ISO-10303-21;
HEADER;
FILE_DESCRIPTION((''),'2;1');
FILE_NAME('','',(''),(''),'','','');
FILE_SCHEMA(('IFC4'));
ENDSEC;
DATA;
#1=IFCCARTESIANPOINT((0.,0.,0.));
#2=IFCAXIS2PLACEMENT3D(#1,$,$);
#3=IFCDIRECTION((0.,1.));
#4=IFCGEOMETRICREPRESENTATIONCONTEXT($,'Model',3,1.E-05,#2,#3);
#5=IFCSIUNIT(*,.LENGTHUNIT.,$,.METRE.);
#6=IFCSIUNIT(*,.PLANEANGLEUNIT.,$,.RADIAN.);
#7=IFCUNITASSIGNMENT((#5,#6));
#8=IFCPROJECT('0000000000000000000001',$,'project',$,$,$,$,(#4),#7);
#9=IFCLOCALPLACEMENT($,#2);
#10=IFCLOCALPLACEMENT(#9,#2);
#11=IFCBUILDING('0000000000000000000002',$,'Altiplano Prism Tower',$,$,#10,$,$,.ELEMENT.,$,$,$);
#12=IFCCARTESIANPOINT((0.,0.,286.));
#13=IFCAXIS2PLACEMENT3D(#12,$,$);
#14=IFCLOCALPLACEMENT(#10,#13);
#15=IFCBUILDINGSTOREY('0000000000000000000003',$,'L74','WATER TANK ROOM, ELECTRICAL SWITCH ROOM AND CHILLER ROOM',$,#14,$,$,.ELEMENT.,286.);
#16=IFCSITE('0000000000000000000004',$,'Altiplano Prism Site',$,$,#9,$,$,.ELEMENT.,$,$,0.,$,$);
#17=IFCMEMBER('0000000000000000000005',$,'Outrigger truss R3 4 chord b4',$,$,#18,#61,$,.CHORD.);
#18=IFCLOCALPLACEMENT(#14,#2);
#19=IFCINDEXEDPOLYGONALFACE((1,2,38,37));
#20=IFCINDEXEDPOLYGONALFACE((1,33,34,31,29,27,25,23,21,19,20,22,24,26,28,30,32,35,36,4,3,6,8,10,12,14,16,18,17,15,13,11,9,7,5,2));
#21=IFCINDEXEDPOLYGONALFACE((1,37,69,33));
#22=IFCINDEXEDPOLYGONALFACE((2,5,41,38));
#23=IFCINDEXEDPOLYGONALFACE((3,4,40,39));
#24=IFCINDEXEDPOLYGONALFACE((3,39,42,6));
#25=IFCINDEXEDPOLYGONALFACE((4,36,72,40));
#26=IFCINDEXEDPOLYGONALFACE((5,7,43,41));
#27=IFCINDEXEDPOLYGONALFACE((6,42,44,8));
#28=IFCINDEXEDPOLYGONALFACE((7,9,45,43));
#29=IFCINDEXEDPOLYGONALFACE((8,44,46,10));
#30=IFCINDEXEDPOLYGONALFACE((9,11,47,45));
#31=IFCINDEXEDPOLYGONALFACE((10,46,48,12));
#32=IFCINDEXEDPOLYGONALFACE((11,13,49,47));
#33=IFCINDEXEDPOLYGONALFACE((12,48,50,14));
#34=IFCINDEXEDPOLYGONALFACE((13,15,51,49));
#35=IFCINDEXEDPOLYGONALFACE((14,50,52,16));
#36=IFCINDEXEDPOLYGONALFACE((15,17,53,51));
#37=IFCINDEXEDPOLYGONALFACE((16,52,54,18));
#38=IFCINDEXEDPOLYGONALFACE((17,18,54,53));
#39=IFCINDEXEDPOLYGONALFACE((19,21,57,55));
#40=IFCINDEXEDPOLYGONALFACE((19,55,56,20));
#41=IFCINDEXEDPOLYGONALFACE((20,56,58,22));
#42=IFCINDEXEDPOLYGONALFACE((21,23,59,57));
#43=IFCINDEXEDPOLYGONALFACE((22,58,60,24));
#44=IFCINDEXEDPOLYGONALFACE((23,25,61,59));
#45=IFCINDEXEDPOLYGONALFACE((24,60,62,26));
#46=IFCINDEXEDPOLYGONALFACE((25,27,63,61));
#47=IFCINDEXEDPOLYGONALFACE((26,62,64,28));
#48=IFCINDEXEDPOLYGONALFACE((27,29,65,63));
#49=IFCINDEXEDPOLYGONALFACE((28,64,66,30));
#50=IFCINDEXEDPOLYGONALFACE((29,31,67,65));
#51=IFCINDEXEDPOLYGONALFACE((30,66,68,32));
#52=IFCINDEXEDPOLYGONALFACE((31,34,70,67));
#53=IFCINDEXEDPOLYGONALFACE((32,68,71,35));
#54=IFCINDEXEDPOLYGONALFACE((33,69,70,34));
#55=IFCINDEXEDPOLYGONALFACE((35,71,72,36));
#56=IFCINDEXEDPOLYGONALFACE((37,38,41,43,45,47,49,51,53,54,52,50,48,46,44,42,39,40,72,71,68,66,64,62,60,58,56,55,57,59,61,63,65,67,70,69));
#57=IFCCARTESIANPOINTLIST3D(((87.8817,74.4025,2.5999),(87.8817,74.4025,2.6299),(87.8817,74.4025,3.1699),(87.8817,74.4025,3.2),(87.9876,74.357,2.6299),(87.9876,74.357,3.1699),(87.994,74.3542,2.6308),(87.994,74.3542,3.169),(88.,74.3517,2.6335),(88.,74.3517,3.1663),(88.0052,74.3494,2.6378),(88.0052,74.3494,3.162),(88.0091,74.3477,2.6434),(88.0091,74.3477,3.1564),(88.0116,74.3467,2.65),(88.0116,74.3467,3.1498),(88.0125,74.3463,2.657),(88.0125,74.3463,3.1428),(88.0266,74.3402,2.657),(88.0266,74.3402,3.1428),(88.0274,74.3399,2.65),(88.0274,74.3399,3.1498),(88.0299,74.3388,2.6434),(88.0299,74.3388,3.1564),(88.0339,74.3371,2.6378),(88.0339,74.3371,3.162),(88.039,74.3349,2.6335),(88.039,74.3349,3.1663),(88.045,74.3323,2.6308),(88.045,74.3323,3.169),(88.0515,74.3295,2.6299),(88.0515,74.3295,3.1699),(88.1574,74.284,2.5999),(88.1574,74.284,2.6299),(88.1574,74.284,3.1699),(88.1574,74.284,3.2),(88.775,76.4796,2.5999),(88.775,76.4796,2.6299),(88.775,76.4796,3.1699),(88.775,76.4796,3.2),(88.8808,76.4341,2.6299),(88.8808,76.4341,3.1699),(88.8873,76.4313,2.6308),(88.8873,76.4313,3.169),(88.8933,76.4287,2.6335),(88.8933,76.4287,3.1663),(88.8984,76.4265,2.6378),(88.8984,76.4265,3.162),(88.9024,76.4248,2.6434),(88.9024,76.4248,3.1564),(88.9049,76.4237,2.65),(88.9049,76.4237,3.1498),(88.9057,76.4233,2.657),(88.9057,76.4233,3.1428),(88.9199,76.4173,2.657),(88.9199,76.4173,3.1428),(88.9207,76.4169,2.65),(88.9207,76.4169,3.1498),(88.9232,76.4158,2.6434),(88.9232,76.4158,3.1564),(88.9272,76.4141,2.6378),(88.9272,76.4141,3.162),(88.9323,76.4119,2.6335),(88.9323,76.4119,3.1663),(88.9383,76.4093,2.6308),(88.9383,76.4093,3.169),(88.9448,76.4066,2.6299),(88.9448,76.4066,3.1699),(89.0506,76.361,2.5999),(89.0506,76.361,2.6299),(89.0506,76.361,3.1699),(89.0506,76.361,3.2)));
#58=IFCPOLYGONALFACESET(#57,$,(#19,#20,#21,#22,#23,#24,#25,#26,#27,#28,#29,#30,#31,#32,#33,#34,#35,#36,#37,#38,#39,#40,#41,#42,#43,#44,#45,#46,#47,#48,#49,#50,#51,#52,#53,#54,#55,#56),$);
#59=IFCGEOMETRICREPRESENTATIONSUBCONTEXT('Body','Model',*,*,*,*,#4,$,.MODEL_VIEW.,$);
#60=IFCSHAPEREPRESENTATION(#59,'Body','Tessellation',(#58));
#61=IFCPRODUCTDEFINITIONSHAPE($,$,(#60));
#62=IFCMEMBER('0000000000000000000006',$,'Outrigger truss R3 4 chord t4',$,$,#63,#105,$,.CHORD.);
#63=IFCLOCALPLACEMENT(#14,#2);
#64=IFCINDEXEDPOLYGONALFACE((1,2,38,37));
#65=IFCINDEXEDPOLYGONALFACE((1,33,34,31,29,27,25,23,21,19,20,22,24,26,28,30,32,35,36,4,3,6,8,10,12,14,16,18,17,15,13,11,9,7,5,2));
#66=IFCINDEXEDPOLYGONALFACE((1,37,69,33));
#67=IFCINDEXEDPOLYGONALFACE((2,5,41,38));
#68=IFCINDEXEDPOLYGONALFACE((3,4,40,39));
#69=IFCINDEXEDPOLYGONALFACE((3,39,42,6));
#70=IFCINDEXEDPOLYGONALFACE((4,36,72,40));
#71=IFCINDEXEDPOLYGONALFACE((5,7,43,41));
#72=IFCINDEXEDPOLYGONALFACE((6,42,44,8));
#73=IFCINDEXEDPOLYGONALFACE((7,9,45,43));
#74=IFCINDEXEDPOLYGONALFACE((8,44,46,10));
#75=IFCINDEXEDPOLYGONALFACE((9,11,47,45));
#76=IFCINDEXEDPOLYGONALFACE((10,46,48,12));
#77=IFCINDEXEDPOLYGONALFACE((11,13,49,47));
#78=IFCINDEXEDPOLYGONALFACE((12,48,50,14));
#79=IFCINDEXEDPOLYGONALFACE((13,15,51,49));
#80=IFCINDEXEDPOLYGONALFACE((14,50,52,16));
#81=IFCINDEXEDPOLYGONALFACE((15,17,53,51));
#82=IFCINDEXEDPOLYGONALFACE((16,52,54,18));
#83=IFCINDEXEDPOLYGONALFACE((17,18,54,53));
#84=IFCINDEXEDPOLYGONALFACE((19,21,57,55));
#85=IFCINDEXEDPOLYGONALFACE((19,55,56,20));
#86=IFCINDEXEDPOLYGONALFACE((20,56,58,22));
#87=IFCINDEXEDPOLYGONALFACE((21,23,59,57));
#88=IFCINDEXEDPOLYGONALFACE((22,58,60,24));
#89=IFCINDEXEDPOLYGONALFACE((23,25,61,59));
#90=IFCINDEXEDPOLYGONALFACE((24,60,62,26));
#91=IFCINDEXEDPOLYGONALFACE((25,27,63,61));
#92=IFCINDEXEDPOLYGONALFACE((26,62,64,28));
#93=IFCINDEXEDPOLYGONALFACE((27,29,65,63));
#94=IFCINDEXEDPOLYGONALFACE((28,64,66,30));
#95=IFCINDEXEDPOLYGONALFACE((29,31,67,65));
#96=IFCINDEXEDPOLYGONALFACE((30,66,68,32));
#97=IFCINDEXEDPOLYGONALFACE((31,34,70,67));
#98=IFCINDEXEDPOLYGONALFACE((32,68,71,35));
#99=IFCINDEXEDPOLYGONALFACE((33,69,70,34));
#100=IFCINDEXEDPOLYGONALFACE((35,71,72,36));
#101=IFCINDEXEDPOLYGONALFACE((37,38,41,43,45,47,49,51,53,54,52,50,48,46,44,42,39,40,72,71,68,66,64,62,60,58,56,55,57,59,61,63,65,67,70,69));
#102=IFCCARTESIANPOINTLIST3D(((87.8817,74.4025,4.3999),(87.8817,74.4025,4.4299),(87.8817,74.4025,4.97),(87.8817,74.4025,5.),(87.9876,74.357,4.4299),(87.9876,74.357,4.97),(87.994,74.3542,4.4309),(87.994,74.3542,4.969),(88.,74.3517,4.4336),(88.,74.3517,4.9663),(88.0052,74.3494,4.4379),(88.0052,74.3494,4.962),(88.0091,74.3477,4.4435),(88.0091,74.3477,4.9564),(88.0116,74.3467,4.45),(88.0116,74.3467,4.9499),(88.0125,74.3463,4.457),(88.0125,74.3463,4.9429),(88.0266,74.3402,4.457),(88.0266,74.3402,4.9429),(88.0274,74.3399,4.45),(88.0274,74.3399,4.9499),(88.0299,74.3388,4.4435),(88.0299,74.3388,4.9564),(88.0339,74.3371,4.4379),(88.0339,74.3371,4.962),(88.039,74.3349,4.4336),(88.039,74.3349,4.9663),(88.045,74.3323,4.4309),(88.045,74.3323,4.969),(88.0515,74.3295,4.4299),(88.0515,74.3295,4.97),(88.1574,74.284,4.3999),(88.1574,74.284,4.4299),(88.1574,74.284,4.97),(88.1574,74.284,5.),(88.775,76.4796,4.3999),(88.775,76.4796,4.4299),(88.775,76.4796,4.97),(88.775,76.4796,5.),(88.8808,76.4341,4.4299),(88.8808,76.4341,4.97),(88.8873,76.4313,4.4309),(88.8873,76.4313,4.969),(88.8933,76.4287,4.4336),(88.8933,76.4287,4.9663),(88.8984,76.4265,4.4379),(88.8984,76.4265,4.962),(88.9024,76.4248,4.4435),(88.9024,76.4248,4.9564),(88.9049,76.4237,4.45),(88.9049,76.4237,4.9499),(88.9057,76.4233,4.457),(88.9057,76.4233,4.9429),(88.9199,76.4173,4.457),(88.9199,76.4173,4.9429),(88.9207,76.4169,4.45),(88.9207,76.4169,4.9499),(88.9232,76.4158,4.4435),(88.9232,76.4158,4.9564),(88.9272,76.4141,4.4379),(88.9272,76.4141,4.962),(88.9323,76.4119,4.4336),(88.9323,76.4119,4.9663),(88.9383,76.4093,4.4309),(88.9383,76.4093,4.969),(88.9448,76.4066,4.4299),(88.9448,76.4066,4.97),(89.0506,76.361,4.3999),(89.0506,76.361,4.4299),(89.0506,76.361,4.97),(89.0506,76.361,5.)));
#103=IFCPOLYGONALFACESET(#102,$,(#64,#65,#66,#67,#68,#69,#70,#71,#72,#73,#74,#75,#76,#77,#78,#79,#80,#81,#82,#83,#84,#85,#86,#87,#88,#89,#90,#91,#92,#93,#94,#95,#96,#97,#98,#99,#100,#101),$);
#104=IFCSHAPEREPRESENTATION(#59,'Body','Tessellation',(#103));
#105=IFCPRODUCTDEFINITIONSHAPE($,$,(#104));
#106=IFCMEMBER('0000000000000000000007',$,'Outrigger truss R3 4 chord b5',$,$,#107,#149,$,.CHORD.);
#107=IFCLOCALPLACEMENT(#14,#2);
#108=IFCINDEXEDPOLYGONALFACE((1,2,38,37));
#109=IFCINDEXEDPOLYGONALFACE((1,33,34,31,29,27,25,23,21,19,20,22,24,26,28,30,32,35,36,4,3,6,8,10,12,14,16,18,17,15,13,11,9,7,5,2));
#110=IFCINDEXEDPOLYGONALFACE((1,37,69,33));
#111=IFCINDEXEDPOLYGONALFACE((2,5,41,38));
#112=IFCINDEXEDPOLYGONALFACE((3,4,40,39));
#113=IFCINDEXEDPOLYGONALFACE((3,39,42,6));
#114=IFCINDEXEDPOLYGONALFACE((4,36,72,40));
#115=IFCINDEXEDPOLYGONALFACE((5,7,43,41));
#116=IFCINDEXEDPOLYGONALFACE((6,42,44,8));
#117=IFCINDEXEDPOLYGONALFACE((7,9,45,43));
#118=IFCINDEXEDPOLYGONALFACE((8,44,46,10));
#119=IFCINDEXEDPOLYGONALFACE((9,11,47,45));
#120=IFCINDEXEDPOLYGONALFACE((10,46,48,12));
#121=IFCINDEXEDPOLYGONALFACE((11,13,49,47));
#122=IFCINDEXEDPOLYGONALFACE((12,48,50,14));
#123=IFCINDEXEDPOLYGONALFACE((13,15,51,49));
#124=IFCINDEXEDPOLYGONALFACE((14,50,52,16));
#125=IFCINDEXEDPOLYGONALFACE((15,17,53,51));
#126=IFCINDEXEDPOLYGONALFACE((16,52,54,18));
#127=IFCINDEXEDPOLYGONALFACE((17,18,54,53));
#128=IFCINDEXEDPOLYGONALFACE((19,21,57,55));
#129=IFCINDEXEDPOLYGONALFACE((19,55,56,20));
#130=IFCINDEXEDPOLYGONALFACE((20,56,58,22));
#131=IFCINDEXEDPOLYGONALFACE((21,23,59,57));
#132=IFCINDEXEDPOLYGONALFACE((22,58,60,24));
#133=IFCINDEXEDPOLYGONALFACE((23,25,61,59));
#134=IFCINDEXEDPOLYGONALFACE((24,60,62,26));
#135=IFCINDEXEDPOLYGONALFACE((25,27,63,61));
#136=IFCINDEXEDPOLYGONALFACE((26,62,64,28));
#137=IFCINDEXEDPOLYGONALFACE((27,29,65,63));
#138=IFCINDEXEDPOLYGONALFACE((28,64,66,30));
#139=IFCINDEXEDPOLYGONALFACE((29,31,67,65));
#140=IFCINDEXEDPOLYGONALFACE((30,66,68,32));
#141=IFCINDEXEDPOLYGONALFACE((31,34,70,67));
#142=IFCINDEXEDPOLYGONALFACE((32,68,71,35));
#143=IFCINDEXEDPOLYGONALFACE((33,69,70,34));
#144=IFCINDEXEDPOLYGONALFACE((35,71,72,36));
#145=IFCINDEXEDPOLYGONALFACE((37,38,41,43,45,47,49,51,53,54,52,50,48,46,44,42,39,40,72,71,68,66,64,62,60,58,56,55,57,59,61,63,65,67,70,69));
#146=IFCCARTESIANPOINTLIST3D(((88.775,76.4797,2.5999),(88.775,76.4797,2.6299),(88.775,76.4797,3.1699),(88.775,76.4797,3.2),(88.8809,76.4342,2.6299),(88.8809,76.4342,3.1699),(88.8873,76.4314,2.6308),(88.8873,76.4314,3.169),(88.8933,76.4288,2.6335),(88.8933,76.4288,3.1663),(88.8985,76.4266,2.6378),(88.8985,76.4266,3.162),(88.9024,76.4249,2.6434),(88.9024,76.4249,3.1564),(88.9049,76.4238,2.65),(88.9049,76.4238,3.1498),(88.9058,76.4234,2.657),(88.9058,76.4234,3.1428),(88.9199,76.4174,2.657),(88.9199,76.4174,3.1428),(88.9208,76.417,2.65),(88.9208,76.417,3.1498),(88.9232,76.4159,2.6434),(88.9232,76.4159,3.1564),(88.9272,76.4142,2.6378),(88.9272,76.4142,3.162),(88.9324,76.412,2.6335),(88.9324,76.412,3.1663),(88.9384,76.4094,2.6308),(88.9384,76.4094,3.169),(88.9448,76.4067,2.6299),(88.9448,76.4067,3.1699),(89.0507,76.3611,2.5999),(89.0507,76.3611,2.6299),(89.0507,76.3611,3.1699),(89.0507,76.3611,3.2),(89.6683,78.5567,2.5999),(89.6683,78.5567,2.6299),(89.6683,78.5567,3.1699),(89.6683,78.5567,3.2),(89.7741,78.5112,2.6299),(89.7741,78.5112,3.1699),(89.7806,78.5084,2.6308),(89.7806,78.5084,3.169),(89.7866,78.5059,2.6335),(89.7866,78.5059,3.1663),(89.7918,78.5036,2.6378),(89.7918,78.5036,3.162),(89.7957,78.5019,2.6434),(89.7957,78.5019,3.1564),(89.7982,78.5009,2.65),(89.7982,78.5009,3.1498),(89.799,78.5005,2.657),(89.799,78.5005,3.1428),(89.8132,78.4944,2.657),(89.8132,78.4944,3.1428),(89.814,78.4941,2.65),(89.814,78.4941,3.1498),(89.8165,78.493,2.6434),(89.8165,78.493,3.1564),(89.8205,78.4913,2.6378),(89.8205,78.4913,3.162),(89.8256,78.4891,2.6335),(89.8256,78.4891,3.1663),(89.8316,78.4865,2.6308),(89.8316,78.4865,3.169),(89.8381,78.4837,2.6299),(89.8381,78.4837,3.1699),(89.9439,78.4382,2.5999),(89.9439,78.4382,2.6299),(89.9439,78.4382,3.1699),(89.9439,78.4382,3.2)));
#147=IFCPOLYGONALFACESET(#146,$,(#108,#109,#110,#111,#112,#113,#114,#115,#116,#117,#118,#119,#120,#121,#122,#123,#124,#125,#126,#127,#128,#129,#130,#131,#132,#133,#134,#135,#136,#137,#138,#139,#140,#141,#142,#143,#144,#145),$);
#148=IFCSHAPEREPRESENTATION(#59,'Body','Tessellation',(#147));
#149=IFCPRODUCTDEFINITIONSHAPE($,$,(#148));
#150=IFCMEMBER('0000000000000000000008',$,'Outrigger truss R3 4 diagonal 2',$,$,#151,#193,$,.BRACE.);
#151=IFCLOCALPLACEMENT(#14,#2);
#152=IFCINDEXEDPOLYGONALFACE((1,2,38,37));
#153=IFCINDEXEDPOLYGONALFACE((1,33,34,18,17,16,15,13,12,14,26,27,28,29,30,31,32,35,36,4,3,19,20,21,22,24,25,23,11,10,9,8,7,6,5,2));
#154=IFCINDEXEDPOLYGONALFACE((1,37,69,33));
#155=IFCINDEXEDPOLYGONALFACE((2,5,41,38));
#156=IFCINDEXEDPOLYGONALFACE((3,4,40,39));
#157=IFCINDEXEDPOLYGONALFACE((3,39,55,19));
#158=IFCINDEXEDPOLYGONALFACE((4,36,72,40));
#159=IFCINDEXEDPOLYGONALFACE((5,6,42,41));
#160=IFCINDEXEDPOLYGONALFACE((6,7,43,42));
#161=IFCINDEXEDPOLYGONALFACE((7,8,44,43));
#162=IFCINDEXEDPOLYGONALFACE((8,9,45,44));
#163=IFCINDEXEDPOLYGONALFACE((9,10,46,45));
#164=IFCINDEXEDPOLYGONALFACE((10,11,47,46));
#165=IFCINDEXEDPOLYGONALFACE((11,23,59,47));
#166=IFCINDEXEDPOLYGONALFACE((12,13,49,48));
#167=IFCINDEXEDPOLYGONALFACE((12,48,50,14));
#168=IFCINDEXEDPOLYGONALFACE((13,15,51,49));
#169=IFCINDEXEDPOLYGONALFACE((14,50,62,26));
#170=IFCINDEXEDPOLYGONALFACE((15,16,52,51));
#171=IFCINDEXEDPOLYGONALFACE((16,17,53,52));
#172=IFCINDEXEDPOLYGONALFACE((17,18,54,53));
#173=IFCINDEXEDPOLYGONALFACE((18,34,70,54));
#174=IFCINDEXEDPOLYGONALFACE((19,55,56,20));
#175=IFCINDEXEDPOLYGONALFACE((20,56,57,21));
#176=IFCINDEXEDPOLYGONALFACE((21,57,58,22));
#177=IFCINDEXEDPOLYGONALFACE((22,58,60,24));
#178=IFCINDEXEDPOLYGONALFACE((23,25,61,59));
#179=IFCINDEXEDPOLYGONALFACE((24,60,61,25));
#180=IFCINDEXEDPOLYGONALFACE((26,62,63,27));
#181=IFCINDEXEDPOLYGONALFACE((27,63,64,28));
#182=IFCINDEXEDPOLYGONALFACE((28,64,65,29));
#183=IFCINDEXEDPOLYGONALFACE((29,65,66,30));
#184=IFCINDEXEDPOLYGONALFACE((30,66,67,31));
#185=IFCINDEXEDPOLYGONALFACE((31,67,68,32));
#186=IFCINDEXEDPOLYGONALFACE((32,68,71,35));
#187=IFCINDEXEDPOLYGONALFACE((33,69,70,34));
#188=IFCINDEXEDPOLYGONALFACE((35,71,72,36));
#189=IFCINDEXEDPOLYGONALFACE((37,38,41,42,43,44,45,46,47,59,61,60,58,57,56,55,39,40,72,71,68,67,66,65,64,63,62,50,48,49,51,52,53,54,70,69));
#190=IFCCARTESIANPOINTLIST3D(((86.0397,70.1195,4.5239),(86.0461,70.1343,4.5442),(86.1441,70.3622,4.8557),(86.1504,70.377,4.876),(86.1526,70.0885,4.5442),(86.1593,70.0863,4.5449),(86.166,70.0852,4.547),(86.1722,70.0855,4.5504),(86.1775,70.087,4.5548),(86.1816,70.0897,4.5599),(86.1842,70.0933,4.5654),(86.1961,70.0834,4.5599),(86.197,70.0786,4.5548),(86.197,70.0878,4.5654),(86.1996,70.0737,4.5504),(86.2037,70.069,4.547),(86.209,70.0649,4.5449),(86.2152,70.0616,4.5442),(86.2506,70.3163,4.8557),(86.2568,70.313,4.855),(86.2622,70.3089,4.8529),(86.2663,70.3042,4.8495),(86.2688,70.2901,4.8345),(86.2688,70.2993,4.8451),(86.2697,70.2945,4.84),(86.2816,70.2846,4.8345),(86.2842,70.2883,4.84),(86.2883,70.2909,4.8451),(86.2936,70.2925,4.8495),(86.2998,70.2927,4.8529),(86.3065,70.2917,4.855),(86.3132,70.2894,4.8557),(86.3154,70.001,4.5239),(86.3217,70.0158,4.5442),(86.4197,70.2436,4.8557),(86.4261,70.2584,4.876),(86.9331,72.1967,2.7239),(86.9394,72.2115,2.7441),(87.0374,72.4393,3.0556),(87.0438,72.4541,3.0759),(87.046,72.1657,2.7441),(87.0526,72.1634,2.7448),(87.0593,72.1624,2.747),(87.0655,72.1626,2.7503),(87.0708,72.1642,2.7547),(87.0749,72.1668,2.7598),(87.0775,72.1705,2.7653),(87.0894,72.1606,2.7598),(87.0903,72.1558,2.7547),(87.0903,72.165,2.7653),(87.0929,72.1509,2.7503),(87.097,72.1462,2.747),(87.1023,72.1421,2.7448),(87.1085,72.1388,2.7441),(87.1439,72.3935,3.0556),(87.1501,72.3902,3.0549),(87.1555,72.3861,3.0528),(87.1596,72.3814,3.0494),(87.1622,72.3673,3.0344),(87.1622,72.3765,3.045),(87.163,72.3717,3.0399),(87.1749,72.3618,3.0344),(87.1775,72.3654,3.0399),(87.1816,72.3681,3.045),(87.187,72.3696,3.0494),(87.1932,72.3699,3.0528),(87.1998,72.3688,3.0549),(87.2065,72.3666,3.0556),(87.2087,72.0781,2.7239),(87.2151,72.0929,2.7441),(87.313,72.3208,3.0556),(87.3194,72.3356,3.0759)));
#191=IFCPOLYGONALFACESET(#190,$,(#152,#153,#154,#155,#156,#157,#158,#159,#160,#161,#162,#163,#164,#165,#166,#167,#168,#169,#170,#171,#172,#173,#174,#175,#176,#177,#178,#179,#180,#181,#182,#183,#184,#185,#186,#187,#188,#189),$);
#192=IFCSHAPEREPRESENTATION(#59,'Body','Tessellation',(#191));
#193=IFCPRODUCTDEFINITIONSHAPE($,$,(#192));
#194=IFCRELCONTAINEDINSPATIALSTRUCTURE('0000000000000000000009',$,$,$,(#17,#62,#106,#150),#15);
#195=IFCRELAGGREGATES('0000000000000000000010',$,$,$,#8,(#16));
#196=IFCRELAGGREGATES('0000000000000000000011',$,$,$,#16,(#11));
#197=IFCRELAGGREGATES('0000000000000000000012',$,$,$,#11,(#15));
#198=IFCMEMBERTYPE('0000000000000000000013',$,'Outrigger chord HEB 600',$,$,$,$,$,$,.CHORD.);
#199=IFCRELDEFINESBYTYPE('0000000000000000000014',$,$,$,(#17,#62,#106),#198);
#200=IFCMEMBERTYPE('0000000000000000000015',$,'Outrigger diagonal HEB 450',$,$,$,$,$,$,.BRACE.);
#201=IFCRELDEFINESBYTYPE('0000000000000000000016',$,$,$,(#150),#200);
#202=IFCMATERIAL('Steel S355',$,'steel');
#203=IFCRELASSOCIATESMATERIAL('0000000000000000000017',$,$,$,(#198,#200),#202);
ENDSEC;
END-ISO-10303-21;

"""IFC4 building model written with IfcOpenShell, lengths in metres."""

from ifc_helpers import new_model, si_unit, direction, frame, origin, origin_2d, place, context, subcontext, project, spatial, i_section, extrude, material, material_profile, profile_set, type_object, element, save


model = new_model("IFC4")

# Units and contexts
model_context = context("Model", 3, precision=1e-05, world=origin(), true_north=direction((0.0, 1.0)))
body_context = subcontext(model_context, "Body", "Model", "MODEL_VIEW")
ifc_project = project(units=[si_unit("LENGTHUNIT", "METRE"), si_unit("PLANEANGLEUNIT", "RADIAN")], contexts=[model_context])

# Site, building, storey
site_placement = place(None, origin())
site = spatial("IfcSite", under=ifc_project, at=site_placement, Name="Altiplano Prism Site", CompositionType="ELEMENT", RefElevation=0.0)
building_placement = place(site_placement, origin())
building = spatial("IfcBuilding", under=site, at=building_placement, Name="Altiplano Prism Tower", CompositionType="ELEMENT")
storey_placement = place(building_placement, frame((0.0, 0.0, 286.0)))
storey = spatial("IfcBuildingStorey", under=building, at=storey_placement, Name="L74", Description="WATER TANK ROOM, ELECTRICAL SWITCH ROOM AND CHILLER ROOM", CompositionType="ELEMENT", Elevation=286.0)

# Shared definitions
ifc_material_1 = material(Name="Steel S355", Category="steel")

# Members
ifc_material_profile_1 = material_profile(ifc_material_1, i_section(OverallWidth=0.3, OverallDepth=0.6001, WebThickness=0.0154, FlangeThickness=0.03, FilletRadius=0.0271, at=origin_2d()), Name="Outrigger chord HEB 600")
ifc_profile_set_1 = profile_set([ifc_material_profile_1], Name="Steel S355")
member_type_1 = type_object("IfcMemberType", Name="Outrigger chord HEB 600", PredefinedType="CHORD", material=ifc_profile_set_1)
for number, where, z_axis, x_axis, name in (
    (1, (88.0195, 74.3433, 2.8999), (0.395079, 0.918647, 0.0), (-0.918647, 0.395079, 0.0), "Outrigger truss R3 4 chord b4"),
    (2, (88.0195, 74.3433, 4.7), (0.395079, 0.918647, 0.0), (-0.918647, 0.395079, 0.0), "Outrigger truss R3 4 chord t4"),
    (3, (88.9128, 76.4204, 2.8999), (0.395079, 0.918647, 0.0), (-0.918647, 0.395079, 0.0), "Outrigger truss R3 4 chord b5"),
):
    element("IfcMember", number, at=place(storey_placement, frame(where, z_axis=z_axis, x_axis=x_axis)), inside=storey, type_object=member_type_1, Name=name, PredefinedType="CHORD", context=body_context, shape_type="SweptSolid", body=[
        extrude(i_section(OverallWidth=0.3, OverallDepth=0.6001, WebThickness=0.0154, FlangeThickness=0.03, FilletRadius=0.0271, at=origin_2d()), origin(), (0.0, 0.0, 1.0), 2.261),
    ])
ifc_material_profile_2 = material_profile(ifc_material_1, i_section(OverallWidth=0.3, OverallDepth=0.45, WebThickness=0.0139, FlangeThickness=0.0259, FilletRadius=0.0271, at=origin_2d()), Name="Outrigger diagonal HEB 450")
ifc_profile_set_2 = profile_set([ifc_material_profile_2], Name="Steel S355")
member_type_2 = type_object("IfcMemberType", Name="Outrigger diagonal HEB 450", PredefinedType="BRACE", material=ifc_profile_set_2)
for number, where, z_axis, x_axis, name in (
    (4, (86.2329, 70.189, 4.7), (0.309092, 0.71871, -0.622831), (-0.918647, 0.395079, 0.0), "Outrigger truss R3 4 diagonal 2"),
):
    element("IfcMember", number, at=place(storey_placement, frame(where, z_axis=z_axis, x_axis=x_axis)), inside=storey, type_object=member_type_2, Name=name, PredefinedType="BRACE", context=body_context, shape_type="SweptSolid", body=[
        extrude(i_section(OverallWidth=0.3, OverallDepth=0.45, WebThickness=0.0139, FlangeThickness=0.0259, FilletRadius=0.0271, at=origin_2d()), origin(), (0.0, 0.0, 1.0), 2.8901),
    ])

save(model, "model.ifc")
